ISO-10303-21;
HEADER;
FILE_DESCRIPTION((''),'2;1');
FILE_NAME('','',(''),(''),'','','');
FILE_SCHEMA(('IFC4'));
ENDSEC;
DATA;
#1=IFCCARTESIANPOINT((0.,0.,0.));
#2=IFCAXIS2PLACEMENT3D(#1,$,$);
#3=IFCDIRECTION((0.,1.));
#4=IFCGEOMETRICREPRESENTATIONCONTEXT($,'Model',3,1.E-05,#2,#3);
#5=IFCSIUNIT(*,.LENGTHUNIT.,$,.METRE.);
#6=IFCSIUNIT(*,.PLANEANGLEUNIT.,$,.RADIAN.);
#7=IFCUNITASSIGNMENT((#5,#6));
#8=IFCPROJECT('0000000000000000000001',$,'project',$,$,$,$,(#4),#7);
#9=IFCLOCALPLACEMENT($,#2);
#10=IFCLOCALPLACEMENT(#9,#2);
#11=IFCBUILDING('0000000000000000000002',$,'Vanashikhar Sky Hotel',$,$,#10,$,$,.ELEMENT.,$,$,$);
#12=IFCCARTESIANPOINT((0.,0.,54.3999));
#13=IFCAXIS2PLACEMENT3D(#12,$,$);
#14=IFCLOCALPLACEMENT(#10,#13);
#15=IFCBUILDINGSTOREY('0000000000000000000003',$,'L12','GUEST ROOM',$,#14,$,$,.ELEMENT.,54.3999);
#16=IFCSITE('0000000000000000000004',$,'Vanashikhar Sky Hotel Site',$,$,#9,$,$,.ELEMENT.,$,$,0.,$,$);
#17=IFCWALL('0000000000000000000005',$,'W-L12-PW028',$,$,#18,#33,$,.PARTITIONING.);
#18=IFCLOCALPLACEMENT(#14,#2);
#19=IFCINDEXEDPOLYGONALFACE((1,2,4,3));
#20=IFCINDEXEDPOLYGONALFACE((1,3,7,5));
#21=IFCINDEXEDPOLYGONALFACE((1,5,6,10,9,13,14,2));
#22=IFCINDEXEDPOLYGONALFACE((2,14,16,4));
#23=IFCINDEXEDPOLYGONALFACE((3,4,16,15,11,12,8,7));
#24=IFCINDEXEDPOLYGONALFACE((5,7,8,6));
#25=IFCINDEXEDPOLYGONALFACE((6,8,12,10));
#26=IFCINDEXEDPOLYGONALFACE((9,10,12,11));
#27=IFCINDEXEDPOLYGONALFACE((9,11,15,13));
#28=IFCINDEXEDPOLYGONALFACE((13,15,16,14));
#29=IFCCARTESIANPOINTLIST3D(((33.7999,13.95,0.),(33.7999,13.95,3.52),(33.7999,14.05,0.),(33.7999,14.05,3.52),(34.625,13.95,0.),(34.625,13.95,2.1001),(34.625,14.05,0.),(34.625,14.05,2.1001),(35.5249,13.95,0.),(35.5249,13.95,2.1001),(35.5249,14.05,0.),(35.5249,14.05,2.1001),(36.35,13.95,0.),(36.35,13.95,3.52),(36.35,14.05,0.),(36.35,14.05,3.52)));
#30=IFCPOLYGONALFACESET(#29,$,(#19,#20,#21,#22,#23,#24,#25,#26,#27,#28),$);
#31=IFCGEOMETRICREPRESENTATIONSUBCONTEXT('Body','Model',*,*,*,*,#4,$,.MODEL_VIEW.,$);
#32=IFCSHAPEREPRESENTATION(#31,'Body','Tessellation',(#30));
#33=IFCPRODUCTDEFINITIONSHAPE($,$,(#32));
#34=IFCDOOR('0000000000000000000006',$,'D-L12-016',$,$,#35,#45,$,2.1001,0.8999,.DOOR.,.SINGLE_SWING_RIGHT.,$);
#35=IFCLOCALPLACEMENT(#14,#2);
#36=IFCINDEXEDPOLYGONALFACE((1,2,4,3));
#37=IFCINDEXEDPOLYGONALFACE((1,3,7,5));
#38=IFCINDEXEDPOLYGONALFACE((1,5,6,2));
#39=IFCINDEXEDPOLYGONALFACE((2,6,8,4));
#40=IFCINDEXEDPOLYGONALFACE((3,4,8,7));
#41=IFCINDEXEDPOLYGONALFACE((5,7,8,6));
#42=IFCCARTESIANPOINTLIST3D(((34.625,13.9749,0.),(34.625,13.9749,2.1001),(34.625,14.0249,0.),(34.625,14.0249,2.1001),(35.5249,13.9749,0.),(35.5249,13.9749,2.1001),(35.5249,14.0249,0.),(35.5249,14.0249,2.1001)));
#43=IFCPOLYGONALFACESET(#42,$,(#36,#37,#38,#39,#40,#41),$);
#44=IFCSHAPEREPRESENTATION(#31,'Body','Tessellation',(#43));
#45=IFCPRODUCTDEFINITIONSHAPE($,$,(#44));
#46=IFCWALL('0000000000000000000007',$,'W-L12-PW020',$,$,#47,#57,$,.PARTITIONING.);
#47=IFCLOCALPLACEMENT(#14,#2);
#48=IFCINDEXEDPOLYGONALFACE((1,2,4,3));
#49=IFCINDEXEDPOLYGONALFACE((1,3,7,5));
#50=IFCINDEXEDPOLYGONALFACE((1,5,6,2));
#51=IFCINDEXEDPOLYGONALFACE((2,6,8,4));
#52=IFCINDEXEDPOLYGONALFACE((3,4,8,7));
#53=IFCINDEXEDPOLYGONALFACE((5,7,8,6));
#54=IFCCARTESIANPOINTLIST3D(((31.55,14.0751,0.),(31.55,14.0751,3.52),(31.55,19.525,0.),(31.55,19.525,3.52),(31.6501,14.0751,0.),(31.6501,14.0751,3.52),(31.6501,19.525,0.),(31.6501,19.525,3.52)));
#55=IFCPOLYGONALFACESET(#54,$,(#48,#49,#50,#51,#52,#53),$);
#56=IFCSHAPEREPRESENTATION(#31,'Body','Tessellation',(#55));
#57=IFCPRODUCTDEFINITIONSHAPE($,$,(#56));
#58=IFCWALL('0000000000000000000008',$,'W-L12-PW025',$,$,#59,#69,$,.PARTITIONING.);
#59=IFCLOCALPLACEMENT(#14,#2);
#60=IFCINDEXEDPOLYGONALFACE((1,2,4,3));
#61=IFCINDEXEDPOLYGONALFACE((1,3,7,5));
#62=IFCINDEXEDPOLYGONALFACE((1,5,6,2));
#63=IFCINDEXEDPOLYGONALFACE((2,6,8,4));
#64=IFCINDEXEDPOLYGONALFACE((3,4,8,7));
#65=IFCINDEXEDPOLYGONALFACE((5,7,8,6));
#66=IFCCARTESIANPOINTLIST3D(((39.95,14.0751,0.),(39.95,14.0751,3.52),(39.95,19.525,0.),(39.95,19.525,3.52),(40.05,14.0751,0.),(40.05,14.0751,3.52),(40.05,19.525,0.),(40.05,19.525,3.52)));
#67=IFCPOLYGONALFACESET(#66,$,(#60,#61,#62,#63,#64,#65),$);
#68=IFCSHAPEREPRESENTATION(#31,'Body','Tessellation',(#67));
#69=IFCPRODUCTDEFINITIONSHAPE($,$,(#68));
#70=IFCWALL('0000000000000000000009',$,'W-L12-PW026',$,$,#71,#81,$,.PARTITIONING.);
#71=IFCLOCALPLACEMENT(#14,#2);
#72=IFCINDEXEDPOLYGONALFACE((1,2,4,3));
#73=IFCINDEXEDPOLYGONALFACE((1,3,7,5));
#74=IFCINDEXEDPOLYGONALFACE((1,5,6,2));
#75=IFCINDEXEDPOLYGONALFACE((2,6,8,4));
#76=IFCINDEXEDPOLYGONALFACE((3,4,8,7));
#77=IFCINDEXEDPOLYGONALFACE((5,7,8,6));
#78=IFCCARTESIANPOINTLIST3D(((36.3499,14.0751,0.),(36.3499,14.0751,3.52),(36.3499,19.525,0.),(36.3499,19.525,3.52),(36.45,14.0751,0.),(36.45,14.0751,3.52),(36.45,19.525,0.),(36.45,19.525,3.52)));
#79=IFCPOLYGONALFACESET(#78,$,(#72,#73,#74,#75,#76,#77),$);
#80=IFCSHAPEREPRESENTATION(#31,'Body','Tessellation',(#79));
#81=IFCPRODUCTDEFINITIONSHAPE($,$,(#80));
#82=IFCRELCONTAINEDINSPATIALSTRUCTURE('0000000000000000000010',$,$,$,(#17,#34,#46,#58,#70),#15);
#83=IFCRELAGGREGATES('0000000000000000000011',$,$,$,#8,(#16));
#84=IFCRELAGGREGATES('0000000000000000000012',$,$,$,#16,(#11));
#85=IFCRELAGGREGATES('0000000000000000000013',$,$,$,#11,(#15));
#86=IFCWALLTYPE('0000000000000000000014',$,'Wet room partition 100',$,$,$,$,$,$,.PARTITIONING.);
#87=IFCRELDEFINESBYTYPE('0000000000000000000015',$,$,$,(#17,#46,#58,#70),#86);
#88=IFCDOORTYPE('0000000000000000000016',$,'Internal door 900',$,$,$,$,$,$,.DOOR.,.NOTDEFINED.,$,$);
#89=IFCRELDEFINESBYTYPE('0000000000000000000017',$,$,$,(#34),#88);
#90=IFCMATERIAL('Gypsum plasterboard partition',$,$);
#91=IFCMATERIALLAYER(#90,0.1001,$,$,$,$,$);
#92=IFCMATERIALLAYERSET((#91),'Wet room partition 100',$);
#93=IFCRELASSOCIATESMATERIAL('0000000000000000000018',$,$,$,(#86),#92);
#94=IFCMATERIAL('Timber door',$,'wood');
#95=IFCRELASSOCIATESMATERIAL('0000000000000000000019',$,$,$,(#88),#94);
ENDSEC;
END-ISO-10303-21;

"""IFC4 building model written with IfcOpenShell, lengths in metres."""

from ifc_helpers import new_model, si_unit, direction, frame, frame_2d, origin, place, context, subcontext, project, spatial, rectangle, extrude, source, transform, mapped, material, layer, layer_set, type_object, element, fill, save


model = new_model("IFC4")

# Units and contexts
model_context = context("Model", 3, precision=1e-05, world=origin(), true_north=direction((0.0, 1.0)))
body_context = subcontext(model_context, "Body", "Model", "MODEL_VIEW")
ifc_project = project(units=[si_unit("LENGTHUNIT", "METRE"), si_unit("PLANEANGLEUNIT", "RADIAN")], contexts=[model_context])

# Site, building, storey
site_placement = place(None, origin())
site = spatial("IfcSite", under=ifc_project, at=site_placement, Name="Vanashikhar Sky Hotel Site", CompositionType="ELEMENT", RefElevation=0.0)
building_placement = place(site_placement, origin())
building = spatial("IfcBuilding", under=site, at=building_placement, Name="Vanashikhar Sky Hotel", CompositionType="ELEMENT")
storey_placement = place(building_placement, frame((0.0, 0.0, 54.3999)))
storey = spatial("IfcBuildingStorey", under=building, at=storey_placement, Name="L12", Description="GUEST ROOM", CompositionType="ELEMENT", Elevation=54.3999)

# Wall, opening, door
ifc_material_1 = material(Name="Gypsum plasterboard partition")
ifc_layer_1 = layer(ifc_material_1, 0.1001)
ifc_layer_set_1 = layer_set([ifc_layer_1], Name="Wet room partition 100")
wall_type_1 = type_object("IfcWallType", Name="Wet room partition 100", PredefinedType="PARTITIONING", material=ifc_layer_set_1)
shared_shape_1 = source(origin(), body_context, "Body", "SweptSolid", [
    extrude(rectangle(XDim=0.8999, YDim=2.1001, at=frame_2d((0.45, 1.05))), frame((0.0, 0.0601, 0.0), z_axis=(0.0, -1.0, 0.0), x_axis=(1.0, 0.0, 0.0)), (0.0, 0.0, 1.0), 0.1201),
])
ifc_material_2 = material(Name="Timber door", Category="wood")
door_type_1 = type_object("IfcDoorType", Name="Internal door 900", OperationType="NOTDEFINED", PredefinedType="DOOR", material=ifc_material_2)
shared_shape_2 = source(origin(), body_context, "Body", "SweptSolid", [
    extrude(rectangle(XDim=0.8999, YDim=2.1001, at=frame_2d((0.45, 1.05))), frame((0.0, 0.0249, 0.0), z_axis=(0.0, -1.0, 0.0), x_axis=(1.0, 0.0, 0.0)), (0.0, 0.0, 1.0), 0.05),
])
shared_shape_3 = source(origin(), body_context, "Body", "SweptSolid", [
    extrude(rectangle(XDim=2.55, YDim=0.1001, at=frame_2d((1.2749, 0.0))), origin(), (0.0, 0.0, 1.0), 3.52),
])
wall_1_placement = place(storey_placement, frame((33.8, 14.0, 0.0), z_axis=(0.0, 0.0, 1.0), x_axis=(1.0, 0.0, 0.0)))
wall_1 = element("IfcWall", 1, at=wall_1_placement, inside=storey, type_object=wall_type_1, Name="W-L12-PW028", PredefinedType="PARTITIONING", context=body_context, shape_type="MappedRepresentation", body=[
    mapped(shared_shape_3, transform((0.0, 0.0, 0.0), scale=1.0)),
])
opening_1_placement = place(wall_1_placement, frame((0.825, 0.0, 0.0)))
opening_1 = element("IfcOpeningElement", 2, at=opening_1_placement, cuts=wall_1, PredefinedType="OPENING", context=body_context, shape_type="MappedRepresentation", body=[
    mapped(shared_shape_1, transform((0.0, 0.0, 0.0), scale=1.0)),
])
door_1_placement = place(opening_1_placement, origin())
door_1 = element("IfcDoor", 3, at=door_1_placement, inside=storey, type_object=door_type_1, Name="D-L12-016", OperationType="SINGLE_SWING_RIGHT", OverallHeight=2.1001, OverallWidth=0.8999, PredefinedType="DOOR", context=body_context, shape_type="MappedRepresentation", body=[
    mapped(shared_shape_2, transform((0.0, 0.0, 0.0), scale=1.0)),
])
fill(opening_1, door_1)

# Walls
shared_shape_4 = source(origin(), body_context, "Body", "SweptSolid", [
    extrude(rectangle(XDim=5.45, YDim=0.1001, at=frame_2d((2.7251, 0.0))), origin(), (0.0, 0.0, 1.0), 3.52),
])
for number, where, z_axis, x_axis, name in (
    (4, (31.6001, 14.075, 0.0), (0.0, 0.0, 1.0), (0.0, 1.0, 0.0), "W-L12-PW020"),
    (5, (40.0, 14.075, 0.0), (0.0, 0.0, 1.0), (0.0, 1.0, 0.0), "W-L12-PW025"),
    (6, (36.3999, 14.075, 0.0), (0.0, 0.0, 1.0), (0.0, 1.0, 0.0), "W-L12-PW026"),
):
    element("IfcWall", number, at=place(storey_placement, frame(where, z_axis=z_axis, x_axis=x_axis)), inside=storey, type_object=wall_type_1, Name=name, PredefinedType="PARTITIONING", context=body_context, shape_type="MappedRepresentation", body=[
        mapped(shared_shape_4, transform((0.0, 0.0, 0.0), scale=1.0)),
    ])

save(model, "model.ifc")
